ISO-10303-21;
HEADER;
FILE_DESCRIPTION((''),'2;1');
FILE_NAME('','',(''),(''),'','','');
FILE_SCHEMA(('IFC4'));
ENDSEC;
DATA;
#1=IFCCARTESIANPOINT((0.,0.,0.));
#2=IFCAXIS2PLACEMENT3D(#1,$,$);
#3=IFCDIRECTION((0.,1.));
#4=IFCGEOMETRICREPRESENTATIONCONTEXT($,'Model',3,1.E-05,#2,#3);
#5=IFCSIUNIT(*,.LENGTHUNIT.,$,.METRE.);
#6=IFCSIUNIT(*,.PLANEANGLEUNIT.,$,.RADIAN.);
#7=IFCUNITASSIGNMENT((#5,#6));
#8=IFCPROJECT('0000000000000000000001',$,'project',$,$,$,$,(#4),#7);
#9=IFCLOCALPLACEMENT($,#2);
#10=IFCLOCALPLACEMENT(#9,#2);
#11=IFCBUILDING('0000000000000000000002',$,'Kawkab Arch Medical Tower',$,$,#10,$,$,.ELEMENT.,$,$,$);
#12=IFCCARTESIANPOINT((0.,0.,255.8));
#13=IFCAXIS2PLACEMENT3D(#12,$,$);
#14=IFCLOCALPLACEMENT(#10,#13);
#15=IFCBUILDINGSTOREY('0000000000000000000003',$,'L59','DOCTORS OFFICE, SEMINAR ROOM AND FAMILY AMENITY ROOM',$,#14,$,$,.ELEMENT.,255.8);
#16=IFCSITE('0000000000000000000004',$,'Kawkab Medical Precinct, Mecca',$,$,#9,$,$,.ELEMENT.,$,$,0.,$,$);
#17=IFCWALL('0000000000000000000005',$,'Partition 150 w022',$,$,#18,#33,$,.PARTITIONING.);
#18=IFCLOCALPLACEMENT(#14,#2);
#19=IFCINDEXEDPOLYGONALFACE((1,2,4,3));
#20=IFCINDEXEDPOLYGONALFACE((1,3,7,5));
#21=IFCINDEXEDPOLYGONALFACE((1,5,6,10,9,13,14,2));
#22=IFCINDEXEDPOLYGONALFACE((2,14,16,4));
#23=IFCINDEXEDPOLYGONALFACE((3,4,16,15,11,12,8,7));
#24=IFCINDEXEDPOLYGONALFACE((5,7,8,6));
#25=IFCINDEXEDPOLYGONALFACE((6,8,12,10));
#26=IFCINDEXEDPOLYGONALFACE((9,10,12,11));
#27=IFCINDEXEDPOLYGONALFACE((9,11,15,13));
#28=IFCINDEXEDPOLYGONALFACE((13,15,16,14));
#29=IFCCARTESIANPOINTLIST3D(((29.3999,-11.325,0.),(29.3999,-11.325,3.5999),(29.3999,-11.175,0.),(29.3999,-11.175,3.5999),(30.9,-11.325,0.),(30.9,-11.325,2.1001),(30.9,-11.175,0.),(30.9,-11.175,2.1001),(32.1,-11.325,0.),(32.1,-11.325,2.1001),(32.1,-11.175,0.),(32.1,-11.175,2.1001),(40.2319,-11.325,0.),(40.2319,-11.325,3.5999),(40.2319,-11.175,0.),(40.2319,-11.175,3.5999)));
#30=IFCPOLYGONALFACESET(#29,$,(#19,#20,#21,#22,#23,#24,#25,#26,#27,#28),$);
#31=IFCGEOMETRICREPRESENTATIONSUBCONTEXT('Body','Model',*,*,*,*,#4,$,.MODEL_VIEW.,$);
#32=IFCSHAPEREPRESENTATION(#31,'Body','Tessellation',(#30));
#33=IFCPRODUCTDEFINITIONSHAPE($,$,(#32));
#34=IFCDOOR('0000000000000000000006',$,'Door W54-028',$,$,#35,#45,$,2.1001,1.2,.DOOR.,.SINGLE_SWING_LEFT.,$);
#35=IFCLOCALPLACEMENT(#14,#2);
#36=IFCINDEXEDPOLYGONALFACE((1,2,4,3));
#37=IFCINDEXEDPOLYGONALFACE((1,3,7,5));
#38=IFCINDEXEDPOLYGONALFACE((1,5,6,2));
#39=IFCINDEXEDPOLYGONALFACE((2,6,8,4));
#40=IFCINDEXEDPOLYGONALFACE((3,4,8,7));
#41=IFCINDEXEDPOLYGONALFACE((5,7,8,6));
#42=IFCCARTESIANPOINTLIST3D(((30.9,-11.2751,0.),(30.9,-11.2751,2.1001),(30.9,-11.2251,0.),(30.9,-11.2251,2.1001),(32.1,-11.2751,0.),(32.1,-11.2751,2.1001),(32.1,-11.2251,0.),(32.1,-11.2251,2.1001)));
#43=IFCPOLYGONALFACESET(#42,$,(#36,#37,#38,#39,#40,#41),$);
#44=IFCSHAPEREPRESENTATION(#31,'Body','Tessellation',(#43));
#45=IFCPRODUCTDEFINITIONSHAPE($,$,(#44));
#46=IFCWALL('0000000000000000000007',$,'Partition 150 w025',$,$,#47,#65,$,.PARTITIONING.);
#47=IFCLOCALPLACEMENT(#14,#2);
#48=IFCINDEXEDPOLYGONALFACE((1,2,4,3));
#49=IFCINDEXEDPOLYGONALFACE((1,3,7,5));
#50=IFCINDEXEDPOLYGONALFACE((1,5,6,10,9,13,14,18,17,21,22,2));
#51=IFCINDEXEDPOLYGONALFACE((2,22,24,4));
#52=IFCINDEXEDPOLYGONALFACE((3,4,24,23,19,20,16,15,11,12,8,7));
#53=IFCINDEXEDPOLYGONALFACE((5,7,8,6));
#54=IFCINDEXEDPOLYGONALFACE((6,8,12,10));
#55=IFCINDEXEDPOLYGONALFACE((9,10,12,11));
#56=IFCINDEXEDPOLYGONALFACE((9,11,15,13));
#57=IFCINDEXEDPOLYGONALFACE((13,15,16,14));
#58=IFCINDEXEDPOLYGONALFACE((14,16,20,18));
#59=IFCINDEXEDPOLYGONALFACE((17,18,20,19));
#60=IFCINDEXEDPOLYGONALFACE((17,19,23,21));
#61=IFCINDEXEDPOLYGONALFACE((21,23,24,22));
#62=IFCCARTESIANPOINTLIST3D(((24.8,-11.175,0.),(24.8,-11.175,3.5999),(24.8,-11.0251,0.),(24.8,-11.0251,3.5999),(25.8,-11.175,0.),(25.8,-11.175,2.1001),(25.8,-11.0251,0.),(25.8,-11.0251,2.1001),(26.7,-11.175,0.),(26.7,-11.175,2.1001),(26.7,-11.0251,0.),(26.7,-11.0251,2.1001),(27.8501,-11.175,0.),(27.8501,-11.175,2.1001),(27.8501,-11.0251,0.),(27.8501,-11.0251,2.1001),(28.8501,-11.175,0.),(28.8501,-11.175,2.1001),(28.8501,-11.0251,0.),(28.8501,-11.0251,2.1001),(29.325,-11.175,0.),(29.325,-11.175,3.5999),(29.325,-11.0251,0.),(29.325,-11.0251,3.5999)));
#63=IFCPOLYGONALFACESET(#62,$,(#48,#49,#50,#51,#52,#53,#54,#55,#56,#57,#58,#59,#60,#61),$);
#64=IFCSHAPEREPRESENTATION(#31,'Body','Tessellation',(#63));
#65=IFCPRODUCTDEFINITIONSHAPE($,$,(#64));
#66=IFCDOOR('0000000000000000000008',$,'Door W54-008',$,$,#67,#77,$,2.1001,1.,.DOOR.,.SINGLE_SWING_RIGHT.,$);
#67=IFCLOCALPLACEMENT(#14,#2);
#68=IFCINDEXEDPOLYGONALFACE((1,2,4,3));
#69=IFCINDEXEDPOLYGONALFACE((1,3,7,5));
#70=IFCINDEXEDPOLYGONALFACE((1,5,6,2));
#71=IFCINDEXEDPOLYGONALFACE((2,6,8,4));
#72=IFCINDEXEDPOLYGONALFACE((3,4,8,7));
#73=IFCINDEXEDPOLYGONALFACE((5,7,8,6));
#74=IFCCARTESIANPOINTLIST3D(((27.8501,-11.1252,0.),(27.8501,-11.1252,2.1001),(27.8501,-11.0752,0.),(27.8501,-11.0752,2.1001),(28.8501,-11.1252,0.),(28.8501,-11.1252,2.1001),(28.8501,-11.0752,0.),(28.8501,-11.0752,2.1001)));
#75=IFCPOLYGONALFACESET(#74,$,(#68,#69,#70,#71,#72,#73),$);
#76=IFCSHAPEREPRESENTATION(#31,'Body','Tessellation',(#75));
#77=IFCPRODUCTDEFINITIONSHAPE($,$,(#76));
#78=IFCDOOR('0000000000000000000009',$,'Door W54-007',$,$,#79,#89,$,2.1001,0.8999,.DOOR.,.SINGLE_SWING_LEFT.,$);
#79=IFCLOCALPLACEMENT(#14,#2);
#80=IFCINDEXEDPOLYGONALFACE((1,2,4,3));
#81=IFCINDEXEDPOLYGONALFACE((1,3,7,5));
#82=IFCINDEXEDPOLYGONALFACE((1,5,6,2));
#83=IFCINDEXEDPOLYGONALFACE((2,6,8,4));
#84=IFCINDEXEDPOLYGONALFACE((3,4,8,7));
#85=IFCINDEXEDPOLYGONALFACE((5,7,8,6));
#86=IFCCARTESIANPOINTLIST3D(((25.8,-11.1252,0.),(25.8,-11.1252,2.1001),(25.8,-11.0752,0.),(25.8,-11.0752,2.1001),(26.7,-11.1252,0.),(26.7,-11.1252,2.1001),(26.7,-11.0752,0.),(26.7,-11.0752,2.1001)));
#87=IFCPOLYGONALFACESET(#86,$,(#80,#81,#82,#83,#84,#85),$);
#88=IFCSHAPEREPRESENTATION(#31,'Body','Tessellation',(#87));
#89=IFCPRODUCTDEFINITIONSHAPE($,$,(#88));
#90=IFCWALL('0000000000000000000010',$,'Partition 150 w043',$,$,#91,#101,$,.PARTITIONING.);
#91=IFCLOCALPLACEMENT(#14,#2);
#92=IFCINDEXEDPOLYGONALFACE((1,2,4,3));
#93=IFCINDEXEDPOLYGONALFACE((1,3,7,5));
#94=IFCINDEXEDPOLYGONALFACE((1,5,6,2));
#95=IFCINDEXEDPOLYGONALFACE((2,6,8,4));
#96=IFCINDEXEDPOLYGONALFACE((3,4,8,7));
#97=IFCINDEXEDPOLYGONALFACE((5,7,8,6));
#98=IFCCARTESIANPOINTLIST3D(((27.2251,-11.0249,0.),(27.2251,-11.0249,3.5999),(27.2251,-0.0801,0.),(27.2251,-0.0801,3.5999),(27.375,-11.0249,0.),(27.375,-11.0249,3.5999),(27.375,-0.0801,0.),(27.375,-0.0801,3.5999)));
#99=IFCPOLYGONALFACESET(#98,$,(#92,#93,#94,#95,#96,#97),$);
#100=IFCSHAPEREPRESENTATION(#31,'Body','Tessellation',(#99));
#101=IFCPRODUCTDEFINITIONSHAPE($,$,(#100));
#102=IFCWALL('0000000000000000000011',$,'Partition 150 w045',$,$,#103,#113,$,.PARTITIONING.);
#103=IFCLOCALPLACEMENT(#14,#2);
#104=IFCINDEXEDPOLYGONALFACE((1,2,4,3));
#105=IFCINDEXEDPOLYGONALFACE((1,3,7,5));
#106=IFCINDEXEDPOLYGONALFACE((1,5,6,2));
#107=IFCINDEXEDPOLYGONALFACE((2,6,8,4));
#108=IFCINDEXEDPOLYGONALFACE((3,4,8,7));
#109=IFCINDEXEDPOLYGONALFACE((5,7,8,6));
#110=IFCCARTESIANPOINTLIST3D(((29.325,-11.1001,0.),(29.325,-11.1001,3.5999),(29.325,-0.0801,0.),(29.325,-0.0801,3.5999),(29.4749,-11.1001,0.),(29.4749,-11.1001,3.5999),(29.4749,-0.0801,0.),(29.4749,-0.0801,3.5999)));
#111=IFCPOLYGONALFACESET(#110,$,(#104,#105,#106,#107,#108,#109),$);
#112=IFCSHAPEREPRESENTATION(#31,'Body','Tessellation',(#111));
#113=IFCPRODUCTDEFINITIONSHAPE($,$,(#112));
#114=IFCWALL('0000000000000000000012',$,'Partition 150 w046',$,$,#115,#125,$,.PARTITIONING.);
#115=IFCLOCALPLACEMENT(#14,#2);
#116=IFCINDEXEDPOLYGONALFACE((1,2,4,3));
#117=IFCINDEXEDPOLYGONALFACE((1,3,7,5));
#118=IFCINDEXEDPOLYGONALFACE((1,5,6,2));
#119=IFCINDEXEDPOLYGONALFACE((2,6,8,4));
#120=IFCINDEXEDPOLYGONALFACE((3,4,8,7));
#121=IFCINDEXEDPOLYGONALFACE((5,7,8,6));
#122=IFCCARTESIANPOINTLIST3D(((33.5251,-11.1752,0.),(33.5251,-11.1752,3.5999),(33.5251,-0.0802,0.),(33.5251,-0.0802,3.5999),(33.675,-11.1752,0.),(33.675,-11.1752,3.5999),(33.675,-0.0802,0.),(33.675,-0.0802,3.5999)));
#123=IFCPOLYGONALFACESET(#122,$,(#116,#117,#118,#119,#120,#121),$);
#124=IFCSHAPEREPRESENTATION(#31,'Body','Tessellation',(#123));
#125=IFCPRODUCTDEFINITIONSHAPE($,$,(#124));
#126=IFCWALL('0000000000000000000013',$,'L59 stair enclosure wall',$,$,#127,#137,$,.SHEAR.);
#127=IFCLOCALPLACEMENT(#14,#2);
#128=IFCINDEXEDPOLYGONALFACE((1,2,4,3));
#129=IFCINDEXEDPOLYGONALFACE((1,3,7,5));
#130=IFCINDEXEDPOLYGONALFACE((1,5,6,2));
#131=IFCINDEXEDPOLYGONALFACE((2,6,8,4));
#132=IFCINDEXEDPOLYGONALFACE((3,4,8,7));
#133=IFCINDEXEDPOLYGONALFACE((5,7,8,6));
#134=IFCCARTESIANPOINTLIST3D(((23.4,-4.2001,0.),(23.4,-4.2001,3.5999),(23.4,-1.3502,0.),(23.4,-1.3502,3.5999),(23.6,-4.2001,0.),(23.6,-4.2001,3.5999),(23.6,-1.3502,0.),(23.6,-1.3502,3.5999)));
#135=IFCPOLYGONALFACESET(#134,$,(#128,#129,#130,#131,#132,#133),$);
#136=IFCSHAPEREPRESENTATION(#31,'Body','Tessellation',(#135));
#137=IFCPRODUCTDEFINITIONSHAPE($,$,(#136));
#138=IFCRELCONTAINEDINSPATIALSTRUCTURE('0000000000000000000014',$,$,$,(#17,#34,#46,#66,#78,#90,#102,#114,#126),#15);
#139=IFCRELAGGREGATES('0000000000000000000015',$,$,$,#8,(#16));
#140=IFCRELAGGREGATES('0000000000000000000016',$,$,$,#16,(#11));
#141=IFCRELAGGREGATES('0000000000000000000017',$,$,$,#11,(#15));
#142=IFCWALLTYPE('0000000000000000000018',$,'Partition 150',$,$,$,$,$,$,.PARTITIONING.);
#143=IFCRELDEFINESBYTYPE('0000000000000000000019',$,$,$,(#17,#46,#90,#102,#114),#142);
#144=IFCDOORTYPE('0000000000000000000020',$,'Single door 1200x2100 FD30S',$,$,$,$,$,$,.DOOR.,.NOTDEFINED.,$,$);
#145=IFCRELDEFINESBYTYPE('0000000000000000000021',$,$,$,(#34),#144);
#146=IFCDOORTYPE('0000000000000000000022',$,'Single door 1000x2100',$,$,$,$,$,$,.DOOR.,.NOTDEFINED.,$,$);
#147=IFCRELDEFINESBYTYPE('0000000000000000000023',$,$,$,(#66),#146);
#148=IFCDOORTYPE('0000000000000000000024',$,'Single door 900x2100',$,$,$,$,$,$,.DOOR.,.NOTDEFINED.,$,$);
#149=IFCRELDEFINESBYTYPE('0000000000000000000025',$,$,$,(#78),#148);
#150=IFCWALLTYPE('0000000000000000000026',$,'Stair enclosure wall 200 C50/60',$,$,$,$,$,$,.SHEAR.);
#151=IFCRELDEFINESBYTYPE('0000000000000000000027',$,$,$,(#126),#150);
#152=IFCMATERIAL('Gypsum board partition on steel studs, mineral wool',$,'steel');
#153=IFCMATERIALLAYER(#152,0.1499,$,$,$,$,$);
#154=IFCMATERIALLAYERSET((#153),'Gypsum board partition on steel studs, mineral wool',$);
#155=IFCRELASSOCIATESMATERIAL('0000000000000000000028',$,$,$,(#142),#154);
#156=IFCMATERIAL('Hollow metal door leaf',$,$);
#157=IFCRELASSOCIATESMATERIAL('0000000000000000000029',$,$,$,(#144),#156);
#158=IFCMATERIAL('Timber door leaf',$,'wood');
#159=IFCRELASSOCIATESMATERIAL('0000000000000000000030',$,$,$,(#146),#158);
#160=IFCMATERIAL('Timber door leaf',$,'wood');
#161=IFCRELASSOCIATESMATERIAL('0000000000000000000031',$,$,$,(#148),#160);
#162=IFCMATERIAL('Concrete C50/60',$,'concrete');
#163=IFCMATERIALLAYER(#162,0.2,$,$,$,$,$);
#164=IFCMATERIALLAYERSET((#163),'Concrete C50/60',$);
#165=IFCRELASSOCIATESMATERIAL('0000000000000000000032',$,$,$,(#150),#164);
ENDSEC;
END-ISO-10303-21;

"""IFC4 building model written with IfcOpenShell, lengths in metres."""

from ifc_helpers import new_model, si_unit, direction, frame, frame_2d, origin, place, context, subcontext, project, spatial, rectangle, extrude, material, layer, layer_set, type_object, element, fill, save


model = new_model("IFC4")

# Units and contexts
model_context = context("Model", 3, precision=1e-05, world=origin(), true_north=direction((0.0, 1.0)))
body_context = subcontext(model_context, "Body", "Model", "MODEL_VIEW")
ifc_project = project(units=[si_unit("LENGTHUNIT", "METRE"), si_unit("PLANEANGLEUNIT", "RADIAN")], contexts=[model_context])

# Site, building, storey
site_placement = place(None, origin())
site = spatial("IfcSite", under=ifc_project, at=site_placement, Name="Kawkab Medical Precinct, Mecca", CompositionType="ELEMENT", RefElevation=0.0)
building_placement = place(site_placement, origin())
building = spatial("IfcBuilding", under=site, at=building_placement, Name="Kawkab Arch Medical Tower", CompositionType="ELEMENT")
storey_placement = place(building_placement, frame((0.0, 0.0, 255.8)))
storey = spatial("IfcBuildingStorey", under=building, at=storey_placement, Name="L59", Description="DOCTORS OFFICE, SEMINAR ROOM AND FAMILY AMENITY ROOM", CompositionType="ELEMENT", Elevation=255.8)

# Shared definitions
ifc_material_1 = material(Name="Gypsum board partition on steel studs, mineral wool", Category="steel")
ifc_layer_1 = layer(ifc_material_1, 0.1499)
ifc_layer_set_1 = layer_set([ifc_layer_1], Name="Gypsum board partition on steel studs, mineral wool")
wall_type_1 = type_object("IfcWallType", Name="Partition 150", PredefinedType="PARTITIONING", material=ifc_layer_set_1)

# Shared definitions
ifc_material_2 = material(Name="Hollow metal door leaf")
door_type_1 = type_object("IfcDoorType", Name="Single door 1200x2100 FD30S", OperationType="NOTDEFINED", PredefinedType="DOOR", material=ifc_material_2)

# Wall, opening, door
wall_1_placement = place(storey_placement, frame((29.3999, -11.25, 0.0), z_axis=(0.0, 0.0, 1.0), x_axis=(1.0, 0.0, 0.0)))
wall_1 = element("IfcWall", 1, at=wall_1_placement, inside=storey, type_object=wall_type_1, Name="Partition 150 w022", PredefinedType="PARTITIONING", context=body_context, shape_type="SweptSolid", body=[
    extrude(rectangle(XDim=10.832, YDim=0.1499, at=frame_2d((5.416, 0.0))), origin(), (0.0, 0.0, 1.0), 3.5999),
])
opening_1_placement = place(wall_1_placement, frame((1.5, 0.0, 0.0)))
opening_1 = element("IfcOpeningElement", 2, at=opening_1_placement, cuts=wall_1, PredefinedType="OPENING", context=body_context, shape_type="SweptSolid", body=[
    extrude(rectangle(XDim=1.2, YDim=2.1001, at=frame_2d((0.6001, 1.05))), frame((0.0, 0.085, 0.0), z_axis=(0.0, -1.0, 0.0), x_axis=(1.0, 0.0, 0.0)), (0.0, 0.0, 1.0), 0.1699),
])
door_1_placement = place(opening_1_placement, origin())
door_1 = element("IfcDoor", 3, at=door_1_placement, inside=storey, type_object=door_type_1, Name="Door W54-028", OperationType="SINGLE_SWING_LEFT", OverallHeight=2.1001, OverallWidth=1.2, PredefinedType="DOOR", context=body_context, shape_type="SweptSolid", body=[
    extrude(rectangle(XDim=1.2, YDim=2.1001, at=frame_2d((0.6001, 1.05))), frame((0.0, 0.0249, 0.0), z_axis=(0.0, -1.0, 0.0), x_axis=(1.0, 0.0, 0.0)), (0.0, 0.0, 1.0), 0.05),
])
fill(opening_1, door_1)

# Wall, openings, doors
wall_2_placement = place(storey_placement, frame((24.8, -11.1001, 0.0), z_axis=(0.0, 0.0, 1.0), x_axis=(1.0, 0.0, 0.0)))
wall_2 = element("IfcWall", 4, at=wall_2_placement, inside=storey, type_object=wall_type_1, Name="Partition 150 w025", PredefinedType="PARTITIONING", context=body_context, shape_type="SweptSolid", body=[
    extrude(rectangle(XDim=4.5249, YDim=0.1499, at=frame_2d((2.2625, 0.0))), origin(), (0.0, 0.0, 1.0), 3.5999),
])
opening_2_placement = place(wall_2_placement, frame((1.0, 0.0, 0.0)))
opening_2 = element("IfcOpeningElement", 5, at=opening_2_placement, cuts=wall_2, PredefinedType="OPENING", context=body_context, shape_type="SweptSolid", body=[
    extrude(rectangle(XDim=0.8999, YDim=2.1001, at=frame_2d((0.45, 1.05))), frame((0.0, 0.085, 0.0), z_axis=(0.0, -1.0, 0.0), x_axis=(1.0, 0.0, 0.0)), (0.0, 0.0, 1.0), 0.1699),
])
opening_3_placement = place(wall_2_placement, frame((3.05, 0.0, 0.0)))
opening_3 = element("IfcOpeningElement", 6, at=opening_3_placement, cuts=wall_2, PredefinedType="OPENING", context=body_context, shape_type="SweptSolid", body=[
    extrude(rectangle(XDim=1.0, YDim=2.1001, at=frame_2d((0.5, 1.05))), frame((0.0, 0.085, 0.0), z_axis=(0.0, -1.0, 0.0), x_axis=(1.0, 0.0, 0.0)), (0.0, 0.0, 1.0), 0.1699),
])
ifc_material_3 = material(Name="Timber door leaf", Category="wood")
door_type_2 = type_object("IfcDoorType", Name="Single door 1000x2100", OperationType="NOTDEFINED", PredefinedType="DOOR", material=ifc_material_3)
door_2_placement = place(opening_3_placement, origin())
door_2 = element("IfcDoor", 7, at=door_2_placement, inside=storey, type_object=door_type_2, Name="Door W54-008", OperationType="SINGLE_SWING_RIGHT", OverallHeight=2.1001, OverallWidth=1.0, PredefinedType="DOOR", context=body_context, shape_type="SweptSolid", body=[
    extrude(rectangle(XDim=1.0, YDim=2.1001, at=frame_2d((0.5, 1.05))), frame((0.0, 0.0249, 0.0), z_axis=(0.0, -1.0, 0.0), x_axis=(1.0, 0.0, 0.0)), (0.0, 0.0, 1.0), 0.05),
])
fill(opening_3, door_2)
ifc_material_4 = material(Name="Timber door leaf", Category="wood")
door_type_3 = type_object("IfcDoorType", Name="Single door 900x2100", OperationType="NOTDEFINED", PredefinedType="DOOR", material=ifc_material_4)
door_3_placement = place(opening_2_placement, origin())
door_3 = element("IfcDoor", 8, at=door_3_placement, inside=storey, type_object=door_type_3, Name="Door W54-007", OperationType="SINGLE_SWING_LEFT", OverallHeight=2.1001, OverallWidth=0.8999, PredefinedType="DOOR", context=body_context, shape_type="SweptSolid", body=[
    extrude(rectangle(XDim=0.8999, YDim=2.1001, at=frame_2d((0.45, 1.05))), frame((0.0, 0.0249, 0.0), z_axis=(0.0, -1.0, 0.0), x_axis=(1.0, 0.0, 0.0)), (0.0, 0.0, 1.0), 0.05),
])
fill(opening_2, door_3)

# Walls
wall_3_placement = place(storey_placement, frame((27.3, -11.0249, 0.0), z_axis=(0.0, 0.0, 1.0), x_axis=(0.0, 1.0, 0.0)))
element("IfcWall", 9, at=wall_3_placement, inside=storey, type_object=wall_type_1, Name="Partition 150 w043", PredefinedType="PARTITIONING", context=body_context, shape_type="SweptSolid", body=[
    extrude(rectangle(XDim=10.9448, YDim=0.1499, at=frame_2d((5.4724, 0.0))), origin(), (0.0, 0.0, 1.0), 3.5999),
])
wall_4_placement = place(storey_placement, frame((29.3999, -11.1001, 0.0), z_axis=(0.0, 0.0, 1.0), x_axis=(0.0, 1.0, 0.0)))
element("IfcWall", 10, at=wall_4_placement, inside=storey, type_object=wall_type_1, Name="Partition 150 w045", PredefinedType="PARTITIONING", context=body_context, shape_type="SweptSolid", body=[
    extrude(rectangle(XDim=11.02, YDim=0.1499, at=frame_2d((5.51, 0.0))), origin(), (0.0, 0.0, 1.0), 3.5999),
])
wall_5_placement = place(storey_placement, frame((33.6001, -11.175, 0.0), z_axis=(0.0, 0.0, 1.0), x_axis=(0.0, 1.0, 0.0)))
element("IfcWall", 11, at=wall_5_placement, inside=storey, type_object=wall_type_1, Name="Partition 150 w046", PredefinedType="PARTITIONING", context=body_context, shape_type="SweptSolid", body=[
    extrude(rectangle(XDim=11.095, YDim=0.1499, at=frame_2d((5.5474, 0.0))), origin(), (0.0, 0.0, 1.0), 3.5999),
])
ifc_material_5 = material(Name="Concrete C50/60", Category="concrete")
ifc_layer_2 = layer(ifc_material_5, 0.2)
ifc_layer_set_2 = layer_set([ifc_layer_2], Name="Concrete C50/60")
wall_type_2 = type_object("IfcWallType", Name="Stair enclosure wall 200 C50/60", PredefinedType="SHEAR", material=ifc_layer_set_2)
wall_6_placement = place(storey_placement, frame((23.5, -4.2, 0.0), z_axis=(0.0, 0.0, 1.0), x_axis=(0.0, 1.0, 0.0)))
element("IfcWall", 12, at=wall_6_placement, inside=storey, type_object=wall_type_2, Name="L59 stair enclosure wall", PredefinedType="SHEAR", context=body_context, shape_type="SweptSolid", body=[
    extrude(rectangle(XDim=2.8499, YDim=0.2, at=frame_2d((1.4248, 0.0))), origin(), (0.0, 0.0, 1.0), 3.5999),
])

save(model, "model.ifc")
